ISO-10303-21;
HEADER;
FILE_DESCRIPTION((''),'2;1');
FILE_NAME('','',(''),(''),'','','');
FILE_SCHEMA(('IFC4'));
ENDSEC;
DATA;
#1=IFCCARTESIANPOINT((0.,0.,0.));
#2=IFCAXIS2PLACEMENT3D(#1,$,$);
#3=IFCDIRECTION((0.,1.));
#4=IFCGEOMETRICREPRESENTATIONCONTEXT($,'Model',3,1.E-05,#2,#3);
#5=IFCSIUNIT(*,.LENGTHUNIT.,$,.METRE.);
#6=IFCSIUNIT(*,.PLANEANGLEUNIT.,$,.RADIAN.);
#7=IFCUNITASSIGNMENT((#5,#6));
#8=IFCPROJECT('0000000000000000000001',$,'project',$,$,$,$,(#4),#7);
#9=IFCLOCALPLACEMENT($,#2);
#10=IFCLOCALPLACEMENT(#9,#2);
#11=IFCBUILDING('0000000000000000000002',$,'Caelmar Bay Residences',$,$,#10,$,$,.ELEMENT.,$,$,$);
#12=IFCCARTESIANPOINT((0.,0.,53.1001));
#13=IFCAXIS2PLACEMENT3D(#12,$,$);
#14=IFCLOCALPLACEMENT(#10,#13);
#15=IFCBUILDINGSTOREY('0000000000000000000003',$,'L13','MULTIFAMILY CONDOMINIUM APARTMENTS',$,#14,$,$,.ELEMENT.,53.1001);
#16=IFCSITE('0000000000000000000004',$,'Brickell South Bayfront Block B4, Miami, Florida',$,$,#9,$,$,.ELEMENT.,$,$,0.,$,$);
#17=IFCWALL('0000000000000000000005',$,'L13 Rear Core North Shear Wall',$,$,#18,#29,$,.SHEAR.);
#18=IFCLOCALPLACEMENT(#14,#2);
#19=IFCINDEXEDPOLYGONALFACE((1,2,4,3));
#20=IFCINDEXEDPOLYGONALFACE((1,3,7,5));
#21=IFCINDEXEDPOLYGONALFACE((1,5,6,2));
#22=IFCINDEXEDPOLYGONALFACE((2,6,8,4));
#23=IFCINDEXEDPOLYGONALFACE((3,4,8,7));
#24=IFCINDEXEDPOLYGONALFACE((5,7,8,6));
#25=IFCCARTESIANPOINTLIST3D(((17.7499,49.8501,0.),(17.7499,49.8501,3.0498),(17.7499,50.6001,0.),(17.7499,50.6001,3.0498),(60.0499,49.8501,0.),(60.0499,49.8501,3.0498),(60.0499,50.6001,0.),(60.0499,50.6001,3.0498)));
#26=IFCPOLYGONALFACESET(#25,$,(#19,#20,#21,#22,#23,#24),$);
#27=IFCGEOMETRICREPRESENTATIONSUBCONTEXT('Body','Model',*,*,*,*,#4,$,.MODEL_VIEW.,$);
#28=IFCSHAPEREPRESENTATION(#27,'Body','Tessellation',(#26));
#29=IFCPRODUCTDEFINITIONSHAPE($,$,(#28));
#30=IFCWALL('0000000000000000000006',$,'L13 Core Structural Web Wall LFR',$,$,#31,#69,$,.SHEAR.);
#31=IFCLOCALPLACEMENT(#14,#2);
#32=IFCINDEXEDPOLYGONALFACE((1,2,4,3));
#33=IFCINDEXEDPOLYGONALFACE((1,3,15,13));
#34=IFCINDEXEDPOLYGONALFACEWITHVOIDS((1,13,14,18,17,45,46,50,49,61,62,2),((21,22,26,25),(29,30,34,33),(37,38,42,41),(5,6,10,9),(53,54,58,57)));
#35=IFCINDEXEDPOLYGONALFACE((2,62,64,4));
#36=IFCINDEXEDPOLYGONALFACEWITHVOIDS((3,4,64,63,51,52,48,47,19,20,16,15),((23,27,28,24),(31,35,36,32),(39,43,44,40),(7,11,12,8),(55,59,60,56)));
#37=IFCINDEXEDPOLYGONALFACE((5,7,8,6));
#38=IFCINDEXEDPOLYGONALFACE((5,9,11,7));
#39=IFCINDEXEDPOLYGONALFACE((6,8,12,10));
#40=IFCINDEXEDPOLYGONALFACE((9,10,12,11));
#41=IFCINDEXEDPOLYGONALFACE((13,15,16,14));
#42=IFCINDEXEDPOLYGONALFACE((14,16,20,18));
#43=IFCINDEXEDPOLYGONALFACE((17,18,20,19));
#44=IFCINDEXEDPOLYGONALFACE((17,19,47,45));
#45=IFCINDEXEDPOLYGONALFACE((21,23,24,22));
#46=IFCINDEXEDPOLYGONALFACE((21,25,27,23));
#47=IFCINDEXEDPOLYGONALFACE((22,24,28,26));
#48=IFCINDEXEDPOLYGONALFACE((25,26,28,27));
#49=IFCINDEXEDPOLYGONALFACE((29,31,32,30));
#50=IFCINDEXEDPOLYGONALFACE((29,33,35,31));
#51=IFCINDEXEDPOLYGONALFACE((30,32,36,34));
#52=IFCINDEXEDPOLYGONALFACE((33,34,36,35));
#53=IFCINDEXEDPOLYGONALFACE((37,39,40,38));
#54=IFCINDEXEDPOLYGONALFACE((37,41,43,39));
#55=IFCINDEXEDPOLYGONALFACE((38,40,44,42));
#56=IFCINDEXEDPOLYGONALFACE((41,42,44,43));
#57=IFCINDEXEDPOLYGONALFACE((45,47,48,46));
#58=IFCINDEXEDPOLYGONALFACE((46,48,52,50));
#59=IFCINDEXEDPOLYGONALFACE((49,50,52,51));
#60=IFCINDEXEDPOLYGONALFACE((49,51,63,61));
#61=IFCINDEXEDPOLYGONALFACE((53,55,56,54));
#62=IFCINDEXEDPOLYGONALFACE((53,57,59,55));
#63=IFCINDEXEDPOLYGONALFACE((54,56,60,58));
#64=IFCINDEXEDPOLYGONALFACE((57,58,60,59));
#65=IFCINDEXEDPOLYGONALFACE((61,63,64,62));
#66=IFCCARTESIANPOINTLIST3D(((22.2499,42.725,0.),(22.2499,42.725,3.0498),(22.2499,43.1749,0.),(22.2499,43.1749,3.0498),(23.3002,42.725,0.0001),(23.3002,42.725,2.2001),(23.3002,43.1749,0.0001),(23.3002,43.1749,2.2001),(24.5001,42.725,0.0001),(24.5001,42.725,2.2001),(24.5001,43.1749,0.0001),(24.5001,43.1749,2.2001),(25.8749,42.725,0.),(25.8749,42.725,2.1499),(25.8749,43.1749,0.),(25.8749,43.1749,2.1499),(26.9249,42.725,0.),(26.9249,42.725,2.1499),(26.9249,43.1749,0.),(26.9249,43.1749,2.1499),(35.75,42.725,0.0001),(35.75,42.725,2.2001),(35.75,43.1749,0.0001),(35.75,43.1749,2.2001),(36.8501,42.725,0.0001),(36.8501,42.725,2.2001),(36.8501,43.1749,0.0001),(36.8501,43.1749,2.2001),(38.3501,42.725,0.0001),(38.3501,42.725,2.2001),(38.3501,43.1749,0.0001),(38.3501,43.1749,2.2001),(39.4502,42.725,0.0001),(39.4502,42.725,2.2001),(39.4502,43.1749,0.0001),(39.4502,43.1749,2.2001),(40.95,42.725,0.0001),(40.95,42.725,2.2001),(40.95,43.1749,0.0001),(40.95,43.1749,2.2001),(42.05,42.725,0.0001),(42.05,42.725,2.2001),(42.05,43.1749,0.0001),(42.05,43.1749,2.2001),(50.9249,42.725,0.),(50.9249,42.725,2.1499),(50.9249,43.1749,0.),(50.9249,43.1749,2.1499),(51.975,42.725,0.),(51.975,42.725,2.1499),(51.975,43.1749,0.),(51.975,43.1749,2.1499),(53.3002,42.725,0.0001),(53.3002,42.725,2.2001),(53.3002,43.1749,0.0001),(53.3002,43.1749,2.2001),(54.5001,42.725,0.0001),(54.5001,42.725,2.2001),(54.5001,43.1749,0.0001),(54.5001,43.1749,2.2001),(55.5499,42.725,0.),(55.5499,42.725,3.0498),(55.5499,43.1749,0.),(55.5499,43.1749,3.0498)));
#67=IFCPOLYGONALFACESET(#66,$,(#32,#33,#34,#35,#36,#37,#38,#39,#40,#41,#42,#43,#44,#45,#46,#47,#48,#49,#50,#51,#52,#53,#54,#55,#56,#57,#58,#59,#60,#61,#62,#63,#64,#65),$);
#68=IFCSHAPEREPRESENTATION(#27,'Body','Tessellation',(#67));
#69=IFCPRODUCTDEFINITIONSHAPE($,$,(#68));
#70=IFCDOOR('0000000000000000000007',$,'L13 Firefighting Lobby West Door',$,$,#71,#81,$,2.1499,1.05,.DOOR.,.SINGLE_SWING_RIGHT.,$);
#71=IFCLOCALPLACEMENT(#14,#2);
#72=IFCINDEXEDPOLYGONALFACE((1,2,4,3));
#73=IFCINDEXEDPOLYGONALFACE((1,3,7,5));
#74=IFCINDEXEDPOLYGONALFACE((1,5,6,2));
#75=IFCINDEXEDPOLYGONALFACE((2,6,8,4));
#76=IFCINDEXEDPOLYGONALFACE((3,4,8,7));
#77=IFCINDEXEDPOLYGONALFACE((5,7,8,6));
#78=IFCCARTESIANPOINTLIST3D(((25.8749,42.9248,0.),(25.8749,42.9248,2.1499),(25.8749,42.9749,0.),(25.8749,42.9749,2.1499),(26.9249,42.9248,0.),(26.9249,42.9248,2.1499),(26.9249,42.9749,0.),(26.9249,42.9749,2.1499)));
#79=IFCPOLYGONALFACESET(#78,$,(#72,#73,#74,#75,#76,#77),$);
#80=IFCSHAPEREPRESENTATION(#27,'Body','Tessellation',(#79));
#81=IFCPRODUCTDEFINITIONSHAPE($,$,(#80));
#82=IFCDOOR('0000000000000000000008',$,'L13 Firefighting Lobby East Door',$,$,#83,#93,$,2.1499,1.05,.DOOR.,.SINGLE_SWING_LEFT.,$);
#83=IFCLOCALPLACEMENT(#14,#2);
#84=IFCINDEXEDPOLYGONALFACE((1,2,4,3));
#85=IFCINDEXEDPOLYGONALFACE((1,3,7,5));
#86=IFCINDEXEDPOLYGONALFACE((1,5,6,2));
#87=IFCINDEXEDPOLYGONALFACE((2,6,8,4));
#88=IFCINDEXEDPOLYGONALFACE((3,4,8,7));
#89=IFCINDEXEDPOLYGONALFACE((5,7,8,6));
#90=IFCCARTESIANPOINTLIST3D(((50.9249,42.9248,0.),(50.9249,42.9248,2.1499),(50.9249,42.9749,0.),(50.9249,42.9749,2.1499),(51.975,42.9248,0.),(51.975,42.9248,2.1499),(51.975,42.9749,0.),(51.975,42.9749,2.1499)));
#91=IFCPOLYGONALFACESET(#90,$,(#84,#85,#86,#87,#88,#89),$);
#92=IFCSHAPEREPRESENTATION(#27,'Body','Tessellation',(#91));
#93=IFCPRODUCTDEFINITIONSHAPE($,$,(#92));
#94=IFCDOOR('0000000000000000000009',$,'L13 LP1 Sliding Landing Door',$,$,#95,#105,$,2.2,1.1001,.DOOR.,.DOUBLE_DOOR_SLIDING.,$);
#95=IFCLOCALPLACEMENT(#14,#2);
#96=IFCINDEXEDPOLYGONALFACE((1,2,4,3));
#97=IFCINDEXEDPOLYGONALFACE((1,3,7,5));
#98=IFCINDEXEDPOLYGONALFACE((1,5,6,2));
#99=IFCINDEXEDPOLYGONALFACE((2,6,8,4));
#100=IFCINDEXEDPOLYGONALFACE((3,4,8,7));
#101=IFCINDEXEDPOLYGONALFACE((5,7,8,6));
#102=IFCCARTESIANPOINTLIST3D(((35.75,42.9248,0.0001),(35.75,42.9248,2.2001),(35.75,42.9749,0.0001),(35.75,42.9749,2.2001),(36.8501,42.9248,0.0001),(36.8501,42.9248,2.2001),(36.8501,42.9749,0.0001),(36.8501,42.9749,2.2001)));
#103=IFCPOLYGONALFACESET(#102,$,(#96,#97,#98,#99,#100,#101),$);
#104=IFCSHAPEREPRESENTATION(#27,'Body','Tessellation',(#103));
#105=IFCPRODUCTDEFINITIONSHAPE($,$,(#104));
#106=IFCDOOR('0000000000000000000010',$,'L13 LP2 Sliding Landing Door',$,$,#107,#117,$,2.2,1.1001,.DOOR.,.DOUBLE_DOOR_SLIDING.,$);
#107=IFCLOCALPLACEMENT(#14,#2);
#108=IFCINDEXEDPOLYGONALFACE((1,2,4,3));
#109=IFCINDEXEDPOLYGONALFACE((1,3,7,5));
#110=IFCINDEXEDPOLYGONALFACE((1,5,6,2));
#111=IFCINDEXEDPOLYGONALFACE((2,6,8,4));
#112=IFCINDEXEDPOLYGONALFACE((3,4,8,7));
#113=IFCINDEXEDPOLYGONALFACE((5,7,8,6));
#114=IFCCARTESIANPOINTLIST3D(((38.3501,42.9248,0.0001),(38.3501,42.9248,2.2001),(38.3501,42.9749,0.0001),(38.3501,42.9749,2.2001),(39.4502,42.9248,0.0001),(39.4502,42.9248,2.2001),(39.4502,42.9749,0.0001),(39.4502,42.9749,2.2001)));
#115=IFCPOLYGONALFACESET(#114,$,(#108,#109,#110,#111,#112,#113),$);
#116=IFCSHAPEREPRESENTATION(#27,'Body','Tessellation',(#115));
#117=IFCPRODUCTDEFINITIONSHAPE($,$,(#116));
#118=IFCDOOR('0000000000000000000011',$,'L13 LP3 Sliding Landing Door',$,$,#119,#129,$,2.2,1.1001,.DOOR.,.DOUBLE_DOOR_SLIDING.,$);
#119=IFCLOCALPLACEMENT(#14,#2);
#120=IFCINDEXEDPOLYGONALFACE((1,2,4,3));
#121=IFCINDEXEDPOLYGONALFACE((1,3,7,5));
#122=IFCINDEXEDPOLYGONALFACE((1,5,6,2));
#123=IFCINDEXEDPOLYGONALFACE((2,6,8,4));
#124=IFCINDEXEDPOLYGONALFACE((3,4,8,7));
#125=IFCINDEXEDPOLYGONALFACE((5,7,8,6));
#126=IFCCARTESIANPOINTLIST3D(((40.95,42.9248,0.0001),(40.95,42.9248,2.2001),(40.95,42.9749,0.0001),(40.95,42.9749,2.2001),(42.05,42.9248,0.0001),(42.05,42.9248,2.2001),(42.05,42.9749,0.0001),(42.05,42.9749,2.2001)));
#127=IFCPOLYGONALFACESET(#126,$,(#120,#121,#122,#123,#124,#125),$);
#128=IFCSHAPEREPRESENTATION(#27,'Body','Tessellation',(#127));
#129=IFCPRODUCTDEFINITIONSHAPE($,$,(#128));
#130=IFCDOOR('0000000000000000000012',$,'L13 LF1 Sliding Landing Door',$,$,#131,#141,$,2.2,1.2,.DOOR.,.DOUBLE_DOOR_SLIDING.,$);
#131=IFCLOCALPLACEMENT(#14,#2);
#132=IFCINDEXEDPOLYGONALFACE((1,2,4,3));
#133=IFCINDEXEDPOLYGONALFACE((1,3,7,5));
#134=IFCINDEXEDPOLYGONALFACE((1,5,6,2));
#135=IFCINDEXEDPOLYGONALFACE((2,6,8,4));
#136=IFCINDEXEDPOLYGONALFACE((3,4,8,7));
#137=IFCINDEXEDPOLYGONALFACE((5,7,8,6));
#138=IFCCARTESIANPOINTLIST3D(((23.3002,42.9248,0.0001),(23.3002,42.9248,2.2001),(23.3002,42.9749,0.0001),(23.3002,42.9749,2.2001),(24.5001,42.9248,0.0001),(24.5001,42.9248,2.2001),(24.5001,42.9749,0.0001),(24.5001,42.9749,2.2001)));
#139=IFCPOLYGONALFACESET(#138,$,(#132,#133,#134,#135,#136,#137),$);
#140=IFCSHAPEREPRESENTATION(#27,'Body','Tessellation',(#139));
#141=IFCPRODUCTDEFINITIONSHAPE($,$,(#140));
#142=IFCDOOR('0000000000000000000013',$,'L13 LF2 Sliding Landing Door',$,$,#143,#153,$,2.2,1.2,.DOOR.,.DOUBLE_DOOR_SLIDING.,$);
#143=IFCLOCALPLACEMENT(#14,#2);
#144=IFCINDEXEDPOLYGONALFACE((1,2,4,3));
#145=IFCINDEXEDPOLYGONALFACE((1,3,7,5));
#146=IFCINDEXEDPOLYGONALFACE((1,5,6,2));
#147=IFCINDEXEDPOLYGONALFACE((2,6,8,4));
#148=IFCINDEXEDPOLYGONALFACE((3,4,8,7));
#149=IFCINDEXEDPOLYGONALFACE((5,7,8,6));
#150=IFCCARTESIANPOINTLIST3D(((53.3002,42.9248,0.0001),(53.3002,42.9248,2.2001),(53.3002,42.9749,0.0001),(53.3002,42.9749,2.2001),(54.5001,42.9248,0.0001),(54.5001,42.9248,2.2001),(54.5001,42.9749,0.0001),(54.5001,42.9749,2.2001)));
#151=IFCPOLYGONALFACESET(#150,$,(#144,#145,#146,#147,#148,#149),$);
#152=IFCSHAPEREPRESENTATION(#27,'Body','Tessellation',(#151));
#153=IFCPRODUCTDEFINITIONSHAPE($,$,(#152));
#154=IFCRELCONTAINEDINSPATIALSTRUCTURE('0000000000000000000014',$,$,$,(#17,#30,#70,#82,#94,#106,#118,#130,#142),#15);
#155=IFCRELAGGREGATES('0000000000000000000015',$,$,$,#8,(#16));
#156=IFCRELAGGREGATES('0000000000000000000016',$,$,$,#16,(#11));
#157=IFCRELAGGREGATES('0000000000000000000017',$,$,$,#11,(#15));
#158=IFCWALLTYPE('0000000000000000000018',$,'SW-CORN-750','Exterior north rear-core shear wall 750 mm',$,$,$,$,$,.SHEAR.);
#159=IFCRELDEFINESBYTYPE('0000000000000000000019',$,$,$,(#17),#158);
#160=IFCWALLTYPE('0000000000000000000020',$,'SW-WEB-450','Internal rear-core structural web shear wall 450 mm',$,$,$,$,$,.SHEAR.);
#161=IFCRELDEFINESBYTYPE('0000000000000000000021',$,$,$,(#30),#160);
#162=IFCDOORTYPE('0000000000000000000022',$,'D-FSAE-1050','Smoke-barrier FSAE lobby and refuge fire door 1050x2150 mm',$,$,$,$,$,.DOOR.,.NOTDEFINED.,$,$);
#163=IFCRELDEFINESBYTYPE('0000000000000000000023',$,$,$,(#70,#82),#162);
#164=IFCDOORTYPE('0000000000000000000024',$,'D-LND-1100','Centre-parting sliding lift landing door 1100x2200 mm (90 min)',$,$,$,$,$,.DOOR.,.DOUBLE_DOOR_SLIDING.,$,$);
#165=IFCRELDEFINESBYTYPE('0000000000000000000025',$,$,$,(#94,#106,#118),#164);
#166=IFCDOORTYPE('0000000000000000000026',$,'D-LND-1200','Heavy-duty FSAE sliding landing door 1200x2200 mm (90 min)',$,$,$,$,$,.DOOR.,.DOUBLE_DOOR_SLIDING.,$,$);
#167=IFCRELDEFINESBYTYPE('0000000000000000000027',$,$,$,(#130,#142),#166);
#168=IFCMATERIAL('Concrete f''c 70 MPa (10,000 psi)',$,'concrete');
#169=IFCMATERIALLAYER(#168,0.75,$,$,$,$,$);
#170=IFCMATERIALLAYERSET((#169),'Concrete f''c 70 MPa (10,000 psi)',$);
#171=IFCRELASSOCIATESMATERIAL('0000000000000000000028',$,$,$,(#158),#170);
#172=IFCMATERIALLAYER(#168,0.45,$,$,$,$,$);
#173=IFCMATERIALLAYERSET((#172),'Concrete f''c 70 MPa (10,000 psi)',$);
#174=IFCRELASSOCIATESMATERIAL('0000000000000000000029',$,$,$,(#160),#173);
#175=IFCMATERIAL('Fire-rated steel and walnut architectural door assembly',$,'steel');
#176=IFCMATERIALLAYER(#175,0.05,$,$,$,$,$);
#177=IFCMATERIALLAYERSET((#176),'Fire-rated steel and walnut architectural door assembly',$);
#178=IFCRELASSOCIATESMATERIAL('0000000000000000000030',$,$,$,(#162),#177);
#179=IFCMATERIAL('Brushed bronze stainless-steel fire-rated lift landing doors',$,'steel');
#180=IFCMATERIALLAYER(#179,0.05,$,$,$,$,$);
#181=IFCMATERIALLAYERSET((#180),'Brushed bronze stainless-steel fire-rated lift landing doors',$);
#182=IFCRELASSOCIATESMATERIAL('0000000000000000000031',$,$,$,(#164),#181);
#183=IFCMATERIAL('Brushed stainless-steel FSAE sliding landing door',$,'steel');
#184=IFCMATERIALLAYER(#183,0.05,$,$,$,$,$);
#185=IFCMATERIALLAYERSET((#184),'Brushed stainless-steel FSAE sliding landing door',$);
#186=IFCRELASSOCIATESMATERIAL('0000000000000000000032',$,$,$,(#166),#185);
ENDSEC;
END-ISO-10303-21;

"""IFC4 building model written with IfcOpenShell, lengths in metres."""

from ifc_helpers import new_model, si_unit, direction, frame, frame_2d, origin, place, context, subcontext, project, spatial, rectangle, extrude, material, layer, layer_set, type_object, element, fill, save


model = new_model("IFC4")

# Units and contexts
model_context = context("Model", 3, precision=1e-05, world=origin(), true_north=direction((0.0, 1.0)))
body_context = subcontext(model_context, "Body", "Model", "MODEL_VIEW")
ifc_project = project(units=[si_unit("LENGTHUNIT", "METRE"), si_unit("PLANEANGLEUNIT", "RADIAN")], contexts=[model_context])

# Site, building, storey
site_placement = place(None, origin())
site = spatial("IfcSite", under=ifc_project, at=site_placement, Name="Brickell South Bayfront Block B4, Miami, Florida", CompositionType="ELEMENT", RefElevation=0.0)
building_placement = place(site_placement, origin())
building = spatial("IfcBuilding", under=site, at=building_placement, Name="Caelmar Bay Residences", CompositionType="ELEMENT")
storey_placement = place(building_placement, frame((0.0, 0.0, 53.1001)))
storey = spatial("IfcBuildingStorey", under=building, at=storey_placement, Name="L13", Description="MULTIFAMILY CONDOMINIUM APARTMENTS", CompositionType="ELEMENT", Elevation=53.1001)

# Wall
ifc_material_1 = material(Name="Concrete f'c 70 MPa (10,000 psi)", Category="concrete")
ifc_layer_1 = layer(ifc_material_1, 0.75)
ifc_layer_set_1 = layer_set([ifc_layer_1], Name="Concrete f'c 70 MPa (10,000 psi)")
wall_type_1 = type_object("IfcWallType", Name="SW-CORN-750", Description="Exterior north rear-core shear wall 750 mm", PredefinedType="SHEAR", material=ifc_layer_set_1)
wall_1_placement = place(storey_placement, frame((17.75, 50.2251, 0.0), z_axis=(0.0, 0.0, 1.0), x_axis=(1.0, 0.0, 0.0)))
element("IfcWall", 1, at=wall_1_placement, inside=storey, type_object=wall_type_1, Name="L13 Rear Core North Shear Wall", PredefinedType="SHEAR", context=body_context, shape_type="SweptSolid", body=[
    extrude(rectangle(XDim=42.3, YDim=0.75, at=frame_2d((21.1499, 0.0))), origin(), (0.0, 0.0, 1.0), 3.0498),
])

# Wall, openings, doors
ifc_layer_2 = layer(ifc_material_1, 0.45)
ifc_layer_set_2 = layer_set([ifc_layer_2], Name="Concrete f'c 70 MPa (10,000 psi)")
wall_type_2 = type_object("IfcWallType", Name="SW-WEB-450", Description="Internal rear-core structural web shear wall 450 mm", PredefinedType="SHEAR", material=ifc_layer_set_2)
wall_2_placement = place(storey_placement, frame((22.25, 42.95, 0.0), z_axis=(0.0, 0.0, 1.0), x_axis=(1.0, 0.0, 0.0)))
wall_2 = element("IfcWall", 2, at=wall_2_placement, inside=storey, type_object=wall_type_2, Name="L13 Core Structural Web Wall LFR", PredefinedType="SHEAR", context=body_context, shape_type="SweptSolid", body=[
    extrude(rectangle(XDim=33.3, YDim=0.45, at=frame_2d((16.6499, 0.0))), origin(), (0.0, 0.0, 1.0), 3.0498),
])
opening_1_placement = place(wall_2_placement, frame((1.05, 0.0, 0.0)))
opening_1 = element("IfcOpeningElement", 3, at=opening_1_placement, cuts=wall_2, PredefinedType="OPENING", context=body_context, shape_type="SweptSolid", body=[
    extrude(rectangle(XDim=1.2, YDim=2.2, at=frame_2d((0.6001, 1.1001))), frame((0.0, 0.2349, 0.0), z_axis=(0.0, -1.0, 0.0), x_axis=(1.0, 0.0, 0.0)), (0.0, 0.0, 1.0), 0.47),
])
opening_2_placement = place(wall_2_placement, frame((31.05, 0.0, 0.0)))
opening_2 = element("IfcOpeningElement", 4, at=opening_2_placement, cuts=wall_2, PredefinedType="OPENING", context=body_context, shape_type="SweptSolid", body=[
    extrude(rectangle(XDim=1.2, YDim=2.2, at=frame_2d((0.6001, 1.1001))), frame((0.0, 0.2349, 0.0), z_axis=(0.0, -1.0, 0.0), x_axis=(1.0, 0.0, 0.0)), (0.0, 0.0, 1.0), 0.47),
])
opening_3_placement = place(wall_2_placement, frame((13.5, 0.0, 0.0)))
opening_3 = element("IfcOpeningElement", 5, at=opening_3_placement, cuts=wall_2, PredefinedType="OPENING", context=body_context, shape_type="SweptSolid", body=[
    extrude(rectangle(XDim=1.1001, YDim=2.2, at=frame_2d((0.55, 1.1001))), frame((0.0, 0.2349, 0.0), z_axis=(0.0, -1.0, 0.0), x_axis=(1.0, 0.0, 0.0)), (0.0, 0.0, 1.0), 0.47),
])
opening_4_placement = place(wall_2_placement, frame((16.1001, 0.0, 0.0)))
opening_4 = element("IfcOpeningElement", 6, at=opening_4_placement, cuts=wall_2, PredefinedType="OPENING", context=body_context, shape_type="SweptSolid", body=[
    extrude(rectangle(XDim=1.1001, YDim=2.2, at=frame_2d((0.55, 1.1001))), frame((0.0, 0.2349, 0.0), z_axis=(0.0, -1.0, 0.0), x_axis=(1.0, 0.0, 0.0)), (0.0, 0.0, 1.0), 0.47),
])
opening_5_placement = place(wall_2_placement, frame((18.7, 0.0, 0.0)))
opening_5 = element("IfcOpeningElement", 7, at=opening_5_placement, cuts=wall_2, PredefinedType="OPENING", context=body_context, shape_type="SweptSolid", body=[
    extrude(rectangle(XDim=1.1001, YDim=2.2, at=frame_2d((0.55, 1.1001))), frame((0.0, 0.2349, 0.0), z_axis=(0.0, -1.0, 0.0), x_axis=(1.0, 0.0, 0.0)), (0.0, 0.0, 1.0), 0.47),
])
opening_6_placement = place(wall_2_placement, frame((3.625, 0.0, 0.0)))
opening_6 = element("IfcOpeningElement", 8, at=opening_6_placement, cuts=wall_2, PredefinedType="OPENING", context=body_context, shape_type="SweptSolid", body=[
    extrude(rectangle(XDim=1.05, YDim=2.1499, at=frame_2d((0.5249, 1.075))), frame((0.0, 0.2349, 0.0), z_axis=(0.0, -1.0, 0.0), x_axis=(1.0, 0.0, 0.0)), (0.0, 0.0, 1.0), 0.47),
])
opening_7_placement = place(wall_2_placement, frame((28.675, 0.0, 0.0)))
opening_7 = element("IfcOpeningElement", 9, at=opening_7_placement, cuts=wall_2, PredefinedType="OPENING", context=body_context, shape_type="SweptSolid", body=[
    extrude(rectangle(XDim=1.05, YDim=2.1499, at=frame_2d((0.5249, 1.075))), frame((0.0, 0.2349, 0.0), z_axis=(0.0, -1.0, 0.0), x_axis=(1.0, 0.0, 0.0)), (0.0, 0.0, 1.0), 0.47),
])
ifc_material_2 = material(Name="Fire-rated steel and walnut architectural door assembly", Category="steel")
ifc_layer_3 = layer(ifc_material_2, 0.05)
ifc_layer_set_3 = layer_set([ifc_layer_3], Name="Fire-rated steel and walnut architectural door assembly")
door_type_1 = type_object("IfcDoorType", Name="D-FSAE-1050", Description="Smoke-barrier FSAE lobby and refuge fire door 1050x2150 mm", OperationType="NOTDEFINED", PredefinedType="DOOR", material=ifc_layer_set_3)
door_1_placement = place(opening_6_placement, origin())
door_1 = element("IfcDoor", 10, at=door_1_placement, inside=storey, type_object=door_type_1, Name="L13 Firefighting Lobby West Door", OperationType="SINGLE_SWING_RIGHT", OverallHeight=2.1499, OverallWidth=1.05, PredefinedType="DOOR", context=body_context, shape_type="SweptSolid", body=[
    extrude(rectangle(XDim=1.05, YDim=2.1499, at=frame_2d((0.5249, 1.075))), frame((0.0, 0.0249, 0.0), z_axis=(0.0, -1.0, 0.0), x_axis=(1.0, 0.0, 0.0)), (0.0, 0.0, 1.0), 0.05),
])
fill(opening_6, door_1)
door_2_placement = place(opening_7_placement, origin())
door_2 = element("IfcDoor", 11, at=door_2_placement, inside=storey, type_object=door_type_1, Name="L13 Firefighting Lobby East Door", OperationType="SINGLE_SWING_LEFT", OverallHeight=2.1499, OverallWidth=1.05, PredefinedType="DOOR", context=body_context, shape_type="SweptSolid", body=[
    extrude(rectangle(XDim=1.05, YDim=2.1499, at=frame_2d((0.5249, 1.075))), frame((0.0, 0.0249, 0.0), z_axis=(0.0, -1.0, 0.0), x_axis=(1.0, 0.0, 0.0)), (0.0, 0.0, 1.0), 0.05),
])
fill(opening_7, door_2)
ifc_material_3 = material(Name="Brushed bronze stainless-steel fire-rated lift landing doors", Category="steel")
ifc_layer_4 = layer(ifc_material_3, 0.05)
ifc_layer_set_4 = layer_set([ifc_layer_4], Name="Brushed bronze stainless-steel fire-rated lift landing doors")
door_type_2 = type_object("IfcDoorType", Name="D-LND-1100", Description="Centre-parting sliding lift landing door 1100x2200 mm (90 min)", OperationType="DOUBLE_DOOR_SLIDING", PredefinedType="DOOR", material=ifc_layer_set_4)
door_3_placement = place(opening_3_placement, origin())
door_3 = element("IfcDoor", 12, at=door_3_placement, inside=storey, type_object=door_type_2, Name="L13 LP1 Sliding Landing Door", OperationType="DOUBLE_DOOR_SLIDING", OverallHeight=2.2, OverallWidth=1.1001, PredefinedType="DOOR", context=body_context, shape_type="SweptSolid", body=[
    extrude(rectangle(XDim=1.1001, YDim=2.2, at=frame_2d((0.55, 1.1001))), frame((0.0, 0.0249, 0.0), z_axis=(0.0, -1.0, 0.0), x_axis=(1.0, 0.0, 0.0)), (0.0, 0.0, 1.0), 0.05),
])
fill(opening_3, door_3)
door_4_placement = place(opening_4_placement, origin())
door_4 = element("IfcDoor", 13, at=door_4_placement, inside=storey, type_object=door_type_2, Name="L13 LP2 Sliding Landing Door", OperationType="DOUBLE_DOOR_SLIDING", OverallHeight=2.2, OverallWidth=1.1001, PredefinedType="DOOR", context=body_context, shape_type="SweptSolid", body=[
    extrude(rectangle(XDim=1.1001, YDim=2.2, at=frame_2d((0.55, 1.1001))), frame((0.0, 0.0249, 0.0), z_axis=(0.0, -1.0, 0.0), x_axis=(1.0, 0.0, 0.0)), (0.0, 0.0, 1.0), 0.05),
])
fill(opening_4, door_4)
door_5_placement = place(opening_5_placement, origin())
door_5 = element("IfcDoor", 14, at=door_5_placement, inside=storey, type_object=door_type_2, Name="L13 LP3 Sliding Landing Door", OperationType="DOUBLE_DOOR_SLIDING", OverallHeight=2.2, OverallWidth=1.1001, PredefinedType="DOOR", context=body_context, shape_type="SweptSolid", body=[
    extrude(rectangle(XDim=1.1001, YDim=2.2, at=frame_2d((0.55, 1.1001))), frame((0.0, 0.0249, 0.0), z_axis=(0.0, -1.0, 0.0), x_axis=(1.0, 0.0, 0.0)), (0.0, 0.0, 1.0), 0.05),
])
fill(opening_5, door_5)
ifc_material_4 = material(Name="Brushed stainless-steel FSAE sliding landing door", Category="steel")
ifc_layer_5 = layer(ifc_material_4, 0.05)
ifc_layer_set_5 = layer_set([ifc_layer_5], Name="Brushed stainless-steel FSAE sliding landing door")
door_type_3 = type_object("IfcDoorType", Name="D-LND-1200", Description="Heavy-duty FSAE sliding landing door 1200x2200 mm (90 min)", OperationType="DOUBLE_DOOR_SLIDING", PredefinedType="DOOR", material=ifc_layer_set_5)
door_6_placement = place(opening_1_placement, origin())
door_6 = element("IfcDoor", 15, at=door_6_placement, inside=storey, type_object=door_type_3, Name="L13 LF1 Sliding Landing Door", OperationType="DOUBLE_DOOR_SLIDING", OverallHeight=2.2, OverallWidth=1.2, PredefinedType="DOOR", context=body_context, shape_type="SweptSolid", body=[
    extrude(rectangle(XDim=1.2, YDim=2.2, at=frame_2d((0.6001, 1.1001))), frame((0.0, 0.0249, 0.0), z_axis=(0.0, -1.0, 0.0), x_axis=(1.0, 0.0, 0.0)), (0.0, 0.0, 1.0), 0.05),
])
fill(opening_1, door_6)
door_7_placement = place(opening_2_placement, origin())
door_7 = element("IfcDoor", 16, at=door_7_placement, inside=storey, type_object=door_type_3, Name="L13 LF2 Sliding Landing Door", OperationType="DOUBLE_DOOR_SLIDING", OverallHeight=2.2, OverallWidth=1.2, PredefinedType="DOOR", context=body_context, shape_type="SweptSolid", body=[
    extrude(rectangle(XDim=1.2, YDim=2.2, at=frame_2d((0.6001, 1.1001))), frame((0.0, 0.0249, 0.0), z_axis=(0.0, -1.0, 0.0), x_axis=(1.0, 0.0, 0.0)), (0.0, 0.0, 1.0), 0.05),
])
fill(opening_2, door_7)

save(model, "model.ifc")
